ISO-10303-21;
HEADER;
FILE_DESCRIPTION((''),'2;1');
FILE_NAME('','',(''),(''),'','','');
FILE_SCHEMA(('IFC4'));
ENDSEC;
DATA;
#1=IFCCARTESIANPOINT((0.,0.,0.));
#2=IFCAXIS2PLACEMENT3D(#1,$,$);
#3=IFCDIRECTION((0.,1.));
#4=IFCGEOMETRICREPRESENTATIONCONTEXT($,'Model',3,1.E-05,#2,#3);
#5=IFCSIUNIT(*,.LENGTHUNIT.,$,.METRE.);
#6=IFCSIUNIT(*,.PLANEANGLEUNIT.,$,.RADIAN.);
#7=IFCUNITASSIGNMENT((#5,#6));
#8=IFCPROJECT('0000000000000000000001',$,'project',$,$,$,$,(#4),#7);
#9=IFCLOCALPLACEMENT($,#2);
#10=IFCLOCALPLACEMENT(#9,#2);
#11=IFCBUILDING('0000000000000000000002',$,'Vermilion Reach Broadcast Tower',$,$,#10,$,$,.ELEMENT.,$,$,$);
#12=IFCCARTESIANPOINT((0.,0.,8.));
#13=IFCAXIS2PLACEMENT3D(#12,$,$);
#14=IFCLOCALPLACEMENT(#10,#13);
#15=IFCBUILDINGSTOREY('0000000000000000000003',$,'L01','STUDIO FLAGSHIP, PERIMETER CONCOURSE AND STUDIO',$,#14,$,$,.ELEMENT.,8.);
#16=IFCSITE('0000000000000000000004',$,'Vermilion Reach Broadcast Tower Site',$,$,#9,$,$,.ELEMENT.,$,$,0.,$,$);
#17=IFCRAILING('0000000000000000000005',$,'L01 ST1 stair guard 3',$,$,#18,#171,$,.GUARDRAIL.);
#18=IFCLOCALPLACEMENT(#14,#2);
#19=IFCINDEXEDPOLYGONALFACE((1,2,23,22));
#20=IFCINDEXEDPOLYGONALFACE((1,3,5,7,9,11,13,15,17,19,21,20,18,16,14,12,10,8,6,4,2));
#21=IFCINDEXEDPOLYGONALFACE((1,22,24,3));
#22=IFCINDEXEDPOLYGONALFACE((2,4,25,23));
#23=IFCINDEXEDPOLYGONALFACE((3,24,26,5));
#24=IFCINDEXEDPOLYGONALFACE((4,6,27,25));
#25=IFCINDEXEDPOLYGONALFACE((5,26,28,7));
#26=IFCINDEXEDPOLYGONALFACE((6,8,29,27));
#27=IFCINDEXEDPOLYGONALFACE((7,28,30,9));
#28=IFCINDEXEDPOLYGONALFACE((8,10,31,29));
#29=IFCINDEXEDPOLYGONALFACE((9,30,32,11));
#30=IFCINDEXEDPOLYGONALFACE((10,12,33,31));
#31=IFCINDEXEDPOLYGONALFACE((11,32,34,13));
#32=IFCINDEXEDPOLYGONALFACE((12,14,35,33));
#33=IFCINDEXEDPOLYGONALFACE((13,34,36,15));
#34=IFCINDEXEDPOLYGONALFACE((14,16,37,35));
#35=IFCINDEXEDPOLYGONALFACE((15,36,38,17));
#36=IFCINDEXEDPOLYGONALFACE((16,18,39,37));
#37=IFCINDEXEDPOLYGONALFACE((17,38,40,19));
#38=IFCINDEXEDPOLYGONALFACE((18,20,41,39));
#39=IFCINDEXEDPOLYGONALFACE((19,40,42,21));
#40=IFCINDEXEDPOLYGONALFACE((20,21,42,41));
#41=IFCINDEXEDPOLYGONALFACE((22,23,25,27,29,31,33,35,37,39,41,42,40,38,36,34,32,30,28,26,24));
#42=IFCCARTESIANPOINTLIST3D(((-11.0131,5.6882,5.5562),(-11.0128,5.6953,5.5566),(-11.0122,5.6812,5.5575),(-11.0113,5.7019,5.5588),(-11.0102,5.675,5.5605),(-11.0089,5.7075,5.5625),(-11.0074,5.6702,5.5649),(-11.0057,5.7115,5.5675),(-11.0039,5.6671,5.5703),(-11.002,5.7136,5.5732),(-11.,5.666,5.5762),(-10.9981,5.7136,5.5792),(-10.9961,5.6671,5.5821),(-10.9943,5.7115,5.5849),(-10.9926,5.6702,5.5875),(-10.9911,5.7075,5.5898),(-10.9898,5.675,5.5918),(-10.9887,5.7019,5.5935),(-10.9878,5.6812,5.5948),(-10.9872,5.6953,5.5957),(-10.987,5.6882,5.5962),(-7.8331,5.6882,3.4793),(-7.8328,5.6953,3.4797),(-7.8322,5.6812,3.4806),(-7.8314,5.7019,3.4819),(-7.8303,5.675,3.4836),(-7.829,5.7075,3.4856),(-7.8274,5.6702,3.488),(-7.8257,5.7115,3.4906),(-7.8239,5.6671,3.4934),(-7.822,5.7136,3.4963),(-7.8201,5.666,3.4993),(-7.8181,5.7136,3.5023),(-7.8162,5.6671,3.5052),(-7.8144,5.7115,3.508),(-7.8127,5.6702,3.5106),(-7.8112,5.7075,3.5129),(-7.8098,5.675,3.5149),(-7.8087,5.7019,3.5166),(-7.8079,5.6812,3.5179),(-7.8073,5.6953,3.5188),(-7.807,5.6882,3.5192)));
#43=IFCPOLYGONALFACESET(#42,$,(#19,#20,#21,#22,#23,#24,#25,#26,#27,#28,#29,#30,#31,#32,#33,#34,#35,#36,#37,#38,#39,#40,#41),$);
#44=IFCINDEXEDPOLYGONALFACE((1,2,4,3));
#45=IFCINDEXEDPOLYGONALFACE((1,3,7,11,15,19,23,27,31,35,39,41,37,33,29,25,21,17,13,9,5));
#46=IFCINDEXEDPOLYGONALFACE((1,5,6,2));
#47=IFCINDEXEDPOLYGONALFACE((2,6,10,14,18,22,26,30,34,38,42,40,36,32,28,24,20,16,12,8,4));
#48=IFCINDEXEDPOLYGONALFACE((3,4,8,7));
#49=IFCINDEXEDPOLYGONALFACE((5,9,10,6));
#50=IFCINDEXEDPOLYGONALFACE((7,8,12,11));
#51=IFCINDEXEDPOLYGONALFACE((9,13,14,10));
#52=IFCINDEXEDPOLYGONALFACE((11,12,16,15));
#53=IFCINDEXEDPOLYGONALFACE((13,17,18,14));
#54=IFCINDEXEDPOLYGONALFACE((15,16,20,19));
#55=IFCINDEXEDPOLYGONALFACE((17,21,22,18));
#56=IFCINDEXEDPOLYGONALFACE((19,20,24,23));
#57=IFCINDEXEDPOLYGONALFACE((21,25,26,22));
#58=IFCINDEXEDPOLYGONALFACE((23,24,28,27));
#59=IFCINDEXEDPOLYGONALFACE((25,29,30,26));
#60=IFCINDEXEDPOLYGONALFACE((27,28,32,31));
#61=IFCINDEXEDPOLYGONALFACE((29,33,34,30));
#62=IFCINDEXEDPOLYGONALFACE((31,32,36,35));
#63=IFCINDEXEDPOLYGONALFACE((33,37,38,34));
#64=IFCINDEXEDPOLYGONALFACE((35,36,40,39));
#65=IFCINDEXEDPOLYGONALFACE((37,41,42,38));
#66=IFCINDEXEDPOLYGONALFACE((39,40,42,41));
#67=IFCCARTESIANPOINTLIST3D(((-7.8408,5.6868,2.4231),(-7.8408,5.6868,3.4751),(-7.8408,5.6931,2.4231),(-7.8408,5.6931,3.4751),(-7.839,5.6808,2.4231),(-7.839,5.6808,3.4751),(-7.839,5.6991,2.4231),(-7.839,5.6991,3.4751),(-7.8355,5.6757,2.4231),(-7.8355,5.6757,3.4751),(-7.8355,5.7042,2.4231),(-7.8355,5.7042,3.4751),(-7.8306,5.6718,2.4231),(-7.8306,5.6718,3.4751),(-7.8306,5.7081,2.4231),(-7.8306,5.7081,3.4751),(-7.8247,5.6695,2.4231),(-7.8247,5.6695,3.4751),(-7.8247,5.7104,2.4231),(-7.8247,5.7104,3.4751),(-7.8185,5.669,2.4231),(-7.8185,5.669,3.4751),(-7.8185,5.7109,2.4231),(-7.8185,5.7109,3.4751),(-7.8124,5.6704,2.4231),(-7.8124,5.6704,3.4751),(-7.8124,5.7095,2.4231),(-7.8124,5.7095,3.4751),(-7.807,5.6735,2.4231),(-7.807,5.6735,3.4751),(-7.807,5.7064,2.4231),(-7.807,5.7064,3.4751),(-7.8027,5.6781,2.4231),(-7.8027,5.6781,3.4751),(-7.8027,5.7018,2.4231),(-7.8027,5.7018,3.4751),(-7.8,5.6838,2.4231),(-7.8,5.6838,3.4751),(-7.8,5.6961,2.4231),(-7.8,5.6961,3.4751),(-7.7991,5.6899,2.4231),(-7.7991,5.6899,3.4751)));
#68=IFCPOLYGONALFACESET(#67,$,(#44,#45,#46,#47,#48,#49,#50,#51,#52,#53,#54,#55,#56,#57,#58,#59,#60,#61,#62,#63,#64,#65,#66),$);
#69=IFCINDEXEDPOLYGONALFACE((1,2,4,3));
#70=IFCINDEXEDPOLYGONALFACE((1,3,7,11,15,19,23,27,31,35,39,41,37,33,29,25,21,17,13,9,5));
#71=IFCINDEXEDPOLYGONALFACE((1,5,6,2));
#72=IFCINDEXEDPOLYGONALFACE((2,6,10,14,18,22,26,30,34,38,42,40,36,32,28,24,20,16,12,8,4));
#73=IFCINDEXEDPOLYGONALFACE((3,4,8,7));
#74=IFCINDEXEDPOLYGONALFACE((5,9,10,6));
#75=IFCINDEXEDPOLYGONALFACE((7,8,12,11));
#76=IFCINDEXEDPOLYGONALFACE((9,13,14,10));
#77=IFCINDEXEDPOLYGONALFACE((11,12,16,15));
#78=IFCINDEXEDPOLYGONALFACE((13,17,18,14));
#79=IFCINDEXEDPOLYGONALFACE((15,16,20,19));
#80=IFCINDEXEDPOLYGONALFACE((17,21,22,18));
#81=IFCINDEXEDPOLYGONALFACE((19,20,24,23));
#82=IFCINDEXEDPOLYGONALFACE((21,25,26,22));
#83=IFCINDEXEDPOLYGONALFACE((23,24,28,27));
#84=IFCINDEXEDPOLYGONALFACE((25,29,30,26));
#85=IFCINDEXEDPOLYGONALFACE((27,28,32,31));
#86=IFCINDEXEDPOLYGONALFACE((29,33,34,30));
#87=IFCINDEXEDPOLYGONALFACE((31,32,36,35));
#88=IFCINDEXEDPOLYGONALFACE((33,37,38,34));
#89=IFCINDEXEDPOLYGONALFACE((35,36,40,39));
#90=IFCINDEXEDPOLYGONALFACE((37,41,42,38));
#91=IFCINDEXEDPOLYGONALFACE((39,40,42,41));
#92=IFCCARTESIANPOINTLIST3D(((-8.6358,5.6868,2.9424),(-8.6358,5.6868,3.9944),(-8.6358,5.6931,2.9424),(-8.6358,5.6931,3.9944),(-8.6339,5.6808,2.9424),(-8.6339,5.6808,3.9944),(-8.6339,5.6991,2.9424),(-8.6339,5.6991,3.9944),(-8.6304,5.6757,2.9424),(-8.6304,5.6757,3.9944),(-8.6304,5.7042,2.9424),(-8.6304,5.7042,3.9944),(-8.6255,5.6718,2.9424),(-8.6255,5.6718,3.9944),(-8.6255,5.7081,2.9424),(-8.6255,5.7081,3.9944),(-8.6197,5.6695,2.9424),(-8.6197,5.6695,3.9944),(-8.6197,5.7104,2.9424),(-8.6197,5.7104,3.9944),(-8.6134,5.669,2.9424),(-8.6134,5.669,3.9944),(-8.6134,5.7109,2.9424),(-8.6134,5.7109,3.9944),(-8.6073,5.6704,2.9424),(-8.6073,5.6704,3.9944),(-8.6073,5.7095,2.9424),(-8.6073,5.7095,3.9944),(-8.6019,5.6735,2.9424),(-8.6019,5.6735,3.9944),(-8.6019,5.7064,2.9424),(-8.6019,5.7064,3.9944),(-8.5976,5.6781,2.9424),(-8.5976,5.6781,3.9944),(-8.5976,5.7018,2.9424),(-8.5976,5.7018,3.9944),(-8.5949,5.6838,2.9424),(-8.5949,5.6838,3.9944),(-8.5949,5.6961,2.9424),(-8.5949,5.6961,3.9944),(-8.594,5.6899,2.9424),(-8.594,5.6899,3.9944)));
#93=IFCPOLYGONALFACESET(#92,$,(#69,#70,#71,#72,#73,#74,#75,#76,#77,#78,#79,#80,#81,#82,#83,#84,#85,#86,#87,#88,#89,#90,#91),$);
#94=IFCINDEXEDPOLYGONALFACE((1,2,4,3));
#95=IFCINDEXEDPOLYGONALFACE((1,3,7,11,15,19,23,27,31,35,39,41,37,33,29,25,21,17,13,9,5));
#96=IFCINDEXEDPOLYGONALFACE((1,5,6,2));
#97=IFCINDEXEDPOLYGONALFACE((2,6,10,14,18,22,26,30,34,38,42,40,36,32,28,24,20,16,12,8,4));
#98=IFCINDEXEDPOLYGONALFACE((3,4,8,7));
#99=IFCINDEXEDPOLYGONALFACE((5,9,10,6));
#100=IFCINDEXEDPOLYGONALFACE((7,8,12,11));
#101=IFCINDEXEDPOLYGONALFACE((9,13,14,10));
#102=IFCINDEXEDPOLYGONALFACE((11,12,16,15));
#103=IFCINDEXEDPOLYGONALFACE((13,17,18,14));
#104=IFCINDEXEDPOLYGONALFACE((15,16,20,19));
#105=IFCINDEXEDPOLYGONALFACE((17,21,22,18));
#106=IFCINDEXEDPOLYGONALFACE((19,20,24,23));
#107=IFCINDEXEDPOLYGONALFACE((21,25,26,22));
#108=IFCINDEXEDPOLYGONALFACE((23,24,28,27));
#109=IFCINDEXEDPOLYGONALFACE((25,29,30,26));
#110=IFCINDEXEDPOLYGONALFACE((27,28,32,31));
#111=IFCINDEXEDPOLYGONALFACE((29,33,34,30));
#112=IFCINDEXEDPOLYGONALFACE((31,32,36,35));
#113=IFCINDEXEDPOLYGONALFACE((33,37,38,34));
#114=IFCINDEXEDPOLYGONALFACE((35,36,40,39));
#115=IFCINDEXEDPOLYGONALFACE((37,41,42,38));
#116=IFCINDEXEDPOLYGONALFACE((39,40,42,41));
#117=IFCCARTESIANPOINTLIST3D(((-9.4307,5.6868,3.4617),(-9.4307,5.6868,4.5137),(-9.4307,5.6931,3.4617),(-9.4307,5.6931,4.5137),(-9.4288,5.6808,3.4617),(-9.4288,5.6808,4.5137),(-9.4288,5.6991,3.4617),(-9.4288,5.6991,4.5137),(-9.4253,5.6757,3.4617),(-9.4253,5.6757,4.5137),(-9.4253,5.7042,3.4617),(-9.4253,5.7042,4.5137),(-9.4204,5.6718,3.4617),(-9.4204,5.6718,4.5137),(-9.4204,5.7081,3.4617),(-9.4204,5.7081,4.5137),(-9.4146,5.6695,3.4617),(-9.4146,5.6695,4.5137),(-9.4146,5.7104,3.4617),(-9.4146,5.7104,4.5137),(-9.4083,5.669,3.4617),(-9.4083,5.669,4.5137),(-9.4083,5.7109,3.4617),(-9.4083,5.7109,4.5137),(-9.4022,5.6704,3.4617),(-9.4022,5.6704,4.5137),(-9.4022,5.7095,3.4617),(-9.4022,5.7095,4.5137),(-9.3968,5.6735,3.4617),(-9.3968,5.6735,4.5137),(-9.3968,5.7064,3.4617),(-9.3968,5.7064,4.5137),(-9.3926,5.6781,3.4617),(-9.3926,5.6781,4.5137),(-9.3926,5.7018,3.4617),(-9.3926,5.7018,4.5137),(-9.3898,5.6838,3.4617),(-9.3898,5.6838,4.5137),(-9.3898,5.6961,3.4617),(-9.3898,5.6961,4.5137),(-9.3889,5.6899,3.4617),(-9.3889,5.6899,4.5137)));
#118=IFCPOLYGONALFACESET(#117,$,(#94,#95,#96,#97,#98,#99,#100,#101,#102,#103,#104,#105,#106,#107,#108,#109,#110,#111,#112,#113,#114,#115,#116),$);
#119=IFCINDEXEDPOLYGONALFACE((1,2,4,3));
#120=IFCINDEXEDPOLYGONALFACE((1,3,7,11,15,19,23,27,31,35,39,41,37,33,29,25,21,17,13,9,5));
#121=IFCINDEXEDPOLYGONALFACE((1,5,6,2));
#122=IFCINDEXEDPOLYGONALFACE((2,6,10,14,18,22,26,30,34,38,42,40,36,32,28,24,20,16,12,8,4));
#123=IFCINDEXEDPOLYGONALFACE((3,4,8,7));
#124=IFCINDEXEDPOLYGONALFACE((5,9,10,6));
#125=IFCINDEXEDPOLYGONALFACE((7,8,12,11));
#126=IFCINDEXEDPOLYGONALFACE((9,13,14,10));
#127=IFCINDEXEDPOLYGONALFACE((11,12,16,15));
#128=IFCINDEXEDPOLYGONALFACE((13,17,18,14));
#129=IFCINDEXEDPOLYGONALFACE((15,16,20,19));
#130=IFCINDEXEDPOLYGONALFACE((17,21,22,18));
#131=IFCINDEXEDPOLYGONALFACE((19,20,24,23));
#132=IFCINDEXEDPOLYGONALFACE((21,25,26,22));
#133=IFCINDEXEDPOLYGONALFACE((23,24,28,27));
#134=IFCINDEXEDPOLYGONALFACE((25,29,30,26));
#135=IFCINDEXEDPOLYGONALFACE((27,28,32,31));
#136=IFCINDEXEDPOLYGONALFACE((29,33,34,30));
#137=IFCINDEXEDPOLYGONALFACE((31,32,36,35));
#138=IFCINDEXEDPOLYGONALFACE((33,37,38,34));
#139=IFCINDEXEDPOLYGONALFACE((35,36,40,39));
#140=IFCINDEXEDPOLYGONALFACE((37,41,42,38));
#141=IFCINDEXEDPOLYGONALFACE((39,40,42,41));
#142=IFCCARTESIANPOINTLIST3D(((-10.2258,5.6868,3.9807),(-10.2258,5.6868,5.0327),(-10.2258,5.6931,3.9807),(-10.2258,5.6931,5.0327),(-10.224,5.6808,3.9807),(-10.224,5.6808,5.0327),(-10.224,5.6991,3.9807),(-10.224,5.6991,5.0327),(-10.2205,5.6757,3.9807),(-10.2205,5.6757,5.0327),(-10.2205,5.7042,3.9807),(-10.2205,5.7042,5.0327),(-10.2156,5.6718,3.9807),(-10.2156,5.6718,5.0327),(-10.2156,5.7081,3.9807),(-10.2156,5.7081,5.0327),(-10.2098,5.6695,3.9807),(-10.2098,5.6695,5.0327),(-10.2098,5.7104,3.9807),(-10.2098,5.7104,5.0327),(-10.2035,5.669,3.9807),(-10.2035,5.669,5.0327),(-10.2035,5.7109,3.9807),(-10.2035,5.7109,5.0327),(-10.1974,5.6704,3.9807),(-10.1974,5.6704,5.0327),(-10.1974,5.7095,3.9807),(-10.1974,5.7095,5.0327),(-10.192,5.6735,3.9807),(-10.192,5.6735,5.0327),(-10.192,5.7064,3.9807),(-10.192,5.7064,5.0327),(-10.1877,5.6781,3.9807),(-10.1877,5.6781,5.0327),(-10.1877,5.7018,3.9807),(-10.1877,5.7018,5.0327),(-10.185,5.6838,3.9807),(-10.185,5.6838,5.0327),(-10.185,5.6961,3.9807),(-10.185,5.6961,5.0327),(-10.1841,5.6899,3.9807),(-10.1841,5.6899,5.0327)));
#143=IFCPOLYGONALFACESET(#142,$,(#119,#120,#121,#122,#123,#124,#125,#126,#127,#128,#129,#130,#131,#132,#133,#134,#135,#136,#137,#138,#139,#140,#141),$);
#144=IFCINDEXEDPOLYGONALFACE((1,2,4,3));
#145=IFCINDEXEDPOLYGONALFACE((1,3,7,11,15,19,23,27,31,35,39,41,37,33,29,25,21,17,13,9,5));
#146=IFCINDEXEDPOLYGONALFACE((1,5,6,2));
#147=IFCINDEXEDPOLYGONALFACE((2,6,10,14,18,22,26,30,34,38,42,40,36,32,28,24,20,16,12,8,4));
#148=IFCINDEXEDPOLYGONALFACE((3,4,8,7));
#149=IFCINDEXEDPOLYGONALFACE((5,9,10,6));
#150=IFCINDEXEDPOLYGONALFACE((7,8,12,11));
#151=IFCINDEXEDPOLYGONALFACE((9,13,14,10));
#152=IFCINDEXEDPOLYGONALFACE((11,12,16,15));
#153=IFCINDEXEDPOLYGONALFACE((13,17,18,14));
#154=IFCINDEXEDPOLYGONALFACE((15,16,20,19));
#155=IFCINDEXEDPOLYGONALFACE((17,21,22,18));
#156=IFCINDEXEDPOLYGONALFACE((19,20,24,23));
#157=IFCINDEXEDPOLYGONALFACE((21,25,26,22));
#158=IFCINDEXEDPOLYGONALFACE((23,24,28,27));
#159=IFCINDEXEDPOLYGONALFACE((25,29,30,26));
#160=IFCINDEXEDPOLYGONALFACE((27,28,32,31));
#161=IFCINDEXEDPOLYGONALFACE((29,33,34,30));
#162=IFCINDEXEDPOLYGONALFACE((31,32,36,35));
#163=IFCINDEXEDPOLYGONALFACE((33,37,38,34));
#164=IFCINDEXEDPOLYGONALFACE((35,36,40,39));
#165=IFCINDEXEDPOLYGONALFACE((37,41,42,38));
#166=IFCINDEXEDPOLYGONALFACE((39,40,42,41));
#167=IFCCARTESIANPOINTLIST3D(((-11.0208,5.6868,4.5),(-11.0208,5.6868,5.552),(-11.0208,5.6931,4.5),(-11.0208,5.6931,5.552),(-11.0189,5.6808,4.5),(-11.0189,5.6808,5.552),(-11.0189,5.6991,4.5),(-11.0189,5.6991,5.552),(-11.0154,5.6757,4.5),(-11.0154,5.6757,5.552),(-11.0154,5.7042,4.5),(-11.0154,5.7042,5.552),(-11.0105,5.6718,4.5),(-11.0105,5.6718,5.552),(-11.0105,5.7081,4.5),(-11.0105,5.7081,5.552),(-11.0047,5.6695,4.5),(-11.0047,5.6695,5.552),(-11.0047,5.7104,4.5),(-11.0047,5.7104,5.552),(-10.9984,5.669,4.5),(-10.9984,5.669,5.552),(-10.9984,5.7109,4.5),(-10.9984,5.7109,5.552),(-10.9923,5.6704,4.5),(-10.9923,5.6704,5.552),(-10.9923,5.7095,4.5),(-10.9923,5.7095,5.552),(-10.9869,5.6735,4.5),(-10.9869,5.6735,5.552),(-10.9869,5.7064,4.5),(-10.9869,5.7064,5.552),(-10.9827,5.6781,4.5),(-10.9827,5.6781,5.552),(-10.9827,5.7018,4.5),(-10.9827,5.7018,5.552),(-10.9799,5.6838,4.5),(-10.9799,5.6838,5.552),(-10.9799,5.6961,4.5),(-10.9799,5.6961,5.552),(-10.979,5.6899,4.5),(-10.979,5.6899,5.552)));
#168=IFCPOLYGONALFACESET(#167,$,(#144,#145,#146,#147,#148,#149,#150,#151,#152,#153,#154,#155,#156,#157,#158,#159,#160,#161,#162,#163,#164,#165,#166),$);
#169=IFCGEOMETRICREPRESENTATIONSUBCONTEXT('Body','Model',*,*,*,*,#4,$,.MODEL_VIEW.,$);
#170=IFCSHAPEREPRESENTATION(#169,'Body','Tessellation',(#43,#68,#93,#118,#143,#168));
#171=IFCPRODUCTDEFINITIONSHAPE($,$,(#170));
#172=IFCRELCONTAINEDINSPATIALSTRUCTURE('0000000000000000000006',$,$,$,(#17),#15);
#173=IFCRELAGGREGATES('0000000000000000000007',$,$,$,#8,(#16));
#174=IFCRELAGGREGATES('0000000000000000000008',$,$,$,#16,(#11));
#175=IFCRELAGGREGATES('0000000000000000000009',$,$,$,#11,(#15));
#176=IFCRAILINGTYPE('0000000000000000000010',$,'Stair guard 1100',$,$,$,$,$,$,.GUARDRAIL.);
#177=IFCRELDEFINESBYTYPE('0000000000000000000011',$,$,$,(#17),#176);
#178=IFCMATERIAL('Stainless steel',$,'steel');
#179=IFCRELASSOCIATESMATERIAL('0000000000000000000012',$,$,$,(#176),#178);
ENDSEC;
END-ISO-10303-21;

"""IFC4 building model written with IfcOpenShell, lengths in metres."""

from ifc_helpers import new_model, si_unit, direction, frame, origin, origin_2d, place, context, subcontext, project, spatial, circle, extrude, material, type_object, element, save


model = new_model("IFC4")

# Units and contexts
model_context = context("Model", 3, precision=1e-05, world=origin(), true_north=direction((0.0, 1.0)))
body_context = subcontext(model_context, "Body", "Model", "MODEL_VIEW")
ifc_project = project(units=[si_unit("LENGTHUNIT", "METRE"), si_unit("PLANEANGLEUNIT", "RADIAN")], contexts=[model_context])

# Site, building, storey
site_placement = place(None, origin())
site = spatial("IfcSite", under=ifc_project, at=site_placement, Name="Vermilion Reach Broadcast Tower Site", CompositionType="ELEMENT", RefElevation=0.0)
building_placement = place(site_placement, origin())
building = spatial("IfcBuilding", under=site, at=building_placement, Name="Vermilion Reach Broadcast Tower", CompositionType="ELEMENT")
storey_placement = place(building_placement, frame((0.0, 0.0, 8.0)))
storey = spatial("IfcBuildingStorey", under=building, at=storey_placement, Name="L01", Description="STUDIO FLAGSHIP, PERIMETER CONCOURSE AND STUDIO", CompositionType="ELEMENT", Elevation=8.0)

# Railing
ifc_material_1 = material(Name="Stainless steel", Category="steel")
railing_type_1 = type_object("IfcRailingType", Name="Stair guard 1100", PredefinedType="GUARDRAIL", material=ifc_material_1)
railing_1_placement = place(storey_placement, frame((-7.8201, 5.6899, 2.4231)))
element("IfcRailing", 1, at=railing_1_placement, inside=storey, type_object=railing_type_1, Name="L01 ST1 stair guard 3", PredefinedType="GUARDRAIL", context=body_context, shape_type="SweptSolid", body=[
    extrude(circle(Radius=0.0239, at=origin_2d()), frame((0.0, 0.0, 1.0762), z_axis=(-0.837245, 0.0, 0.546828), x_axis=(0.0, -1.0, 0.0)), (0.0, 0.0, 1.0), 3.7981),
    extrude(circle(Radius=0.021, at=origin_2d()), origin(), (0.0, 0.0, 1.0), 1.052),
    extrude(circle(Radius=0.021, at=origin_2d()), frame((-0.7949, 0.0, 0.5193)), (0.0, 0.0, 1.0), 1.052),
    extrude(circle(Radius=0.021, at=origin_2d()), frame((-1.5898, 0.0, 1.0386)), (0.0, 0.0, 1.0), 1.052),
    extrude(circle(Radius=0.021, at=origin_2d()), frame((-2.385, 0.0, 1.5576)), (0.0, 0.0, 1.0), 1.052),
    extrude(circle(Radius=0.021, at=origin_2d()), frame((-3.1799, 0.0, 2.0769)), (0.0, 0.0, 1.0), 1.052),
])

save(model, "model.ifc")
